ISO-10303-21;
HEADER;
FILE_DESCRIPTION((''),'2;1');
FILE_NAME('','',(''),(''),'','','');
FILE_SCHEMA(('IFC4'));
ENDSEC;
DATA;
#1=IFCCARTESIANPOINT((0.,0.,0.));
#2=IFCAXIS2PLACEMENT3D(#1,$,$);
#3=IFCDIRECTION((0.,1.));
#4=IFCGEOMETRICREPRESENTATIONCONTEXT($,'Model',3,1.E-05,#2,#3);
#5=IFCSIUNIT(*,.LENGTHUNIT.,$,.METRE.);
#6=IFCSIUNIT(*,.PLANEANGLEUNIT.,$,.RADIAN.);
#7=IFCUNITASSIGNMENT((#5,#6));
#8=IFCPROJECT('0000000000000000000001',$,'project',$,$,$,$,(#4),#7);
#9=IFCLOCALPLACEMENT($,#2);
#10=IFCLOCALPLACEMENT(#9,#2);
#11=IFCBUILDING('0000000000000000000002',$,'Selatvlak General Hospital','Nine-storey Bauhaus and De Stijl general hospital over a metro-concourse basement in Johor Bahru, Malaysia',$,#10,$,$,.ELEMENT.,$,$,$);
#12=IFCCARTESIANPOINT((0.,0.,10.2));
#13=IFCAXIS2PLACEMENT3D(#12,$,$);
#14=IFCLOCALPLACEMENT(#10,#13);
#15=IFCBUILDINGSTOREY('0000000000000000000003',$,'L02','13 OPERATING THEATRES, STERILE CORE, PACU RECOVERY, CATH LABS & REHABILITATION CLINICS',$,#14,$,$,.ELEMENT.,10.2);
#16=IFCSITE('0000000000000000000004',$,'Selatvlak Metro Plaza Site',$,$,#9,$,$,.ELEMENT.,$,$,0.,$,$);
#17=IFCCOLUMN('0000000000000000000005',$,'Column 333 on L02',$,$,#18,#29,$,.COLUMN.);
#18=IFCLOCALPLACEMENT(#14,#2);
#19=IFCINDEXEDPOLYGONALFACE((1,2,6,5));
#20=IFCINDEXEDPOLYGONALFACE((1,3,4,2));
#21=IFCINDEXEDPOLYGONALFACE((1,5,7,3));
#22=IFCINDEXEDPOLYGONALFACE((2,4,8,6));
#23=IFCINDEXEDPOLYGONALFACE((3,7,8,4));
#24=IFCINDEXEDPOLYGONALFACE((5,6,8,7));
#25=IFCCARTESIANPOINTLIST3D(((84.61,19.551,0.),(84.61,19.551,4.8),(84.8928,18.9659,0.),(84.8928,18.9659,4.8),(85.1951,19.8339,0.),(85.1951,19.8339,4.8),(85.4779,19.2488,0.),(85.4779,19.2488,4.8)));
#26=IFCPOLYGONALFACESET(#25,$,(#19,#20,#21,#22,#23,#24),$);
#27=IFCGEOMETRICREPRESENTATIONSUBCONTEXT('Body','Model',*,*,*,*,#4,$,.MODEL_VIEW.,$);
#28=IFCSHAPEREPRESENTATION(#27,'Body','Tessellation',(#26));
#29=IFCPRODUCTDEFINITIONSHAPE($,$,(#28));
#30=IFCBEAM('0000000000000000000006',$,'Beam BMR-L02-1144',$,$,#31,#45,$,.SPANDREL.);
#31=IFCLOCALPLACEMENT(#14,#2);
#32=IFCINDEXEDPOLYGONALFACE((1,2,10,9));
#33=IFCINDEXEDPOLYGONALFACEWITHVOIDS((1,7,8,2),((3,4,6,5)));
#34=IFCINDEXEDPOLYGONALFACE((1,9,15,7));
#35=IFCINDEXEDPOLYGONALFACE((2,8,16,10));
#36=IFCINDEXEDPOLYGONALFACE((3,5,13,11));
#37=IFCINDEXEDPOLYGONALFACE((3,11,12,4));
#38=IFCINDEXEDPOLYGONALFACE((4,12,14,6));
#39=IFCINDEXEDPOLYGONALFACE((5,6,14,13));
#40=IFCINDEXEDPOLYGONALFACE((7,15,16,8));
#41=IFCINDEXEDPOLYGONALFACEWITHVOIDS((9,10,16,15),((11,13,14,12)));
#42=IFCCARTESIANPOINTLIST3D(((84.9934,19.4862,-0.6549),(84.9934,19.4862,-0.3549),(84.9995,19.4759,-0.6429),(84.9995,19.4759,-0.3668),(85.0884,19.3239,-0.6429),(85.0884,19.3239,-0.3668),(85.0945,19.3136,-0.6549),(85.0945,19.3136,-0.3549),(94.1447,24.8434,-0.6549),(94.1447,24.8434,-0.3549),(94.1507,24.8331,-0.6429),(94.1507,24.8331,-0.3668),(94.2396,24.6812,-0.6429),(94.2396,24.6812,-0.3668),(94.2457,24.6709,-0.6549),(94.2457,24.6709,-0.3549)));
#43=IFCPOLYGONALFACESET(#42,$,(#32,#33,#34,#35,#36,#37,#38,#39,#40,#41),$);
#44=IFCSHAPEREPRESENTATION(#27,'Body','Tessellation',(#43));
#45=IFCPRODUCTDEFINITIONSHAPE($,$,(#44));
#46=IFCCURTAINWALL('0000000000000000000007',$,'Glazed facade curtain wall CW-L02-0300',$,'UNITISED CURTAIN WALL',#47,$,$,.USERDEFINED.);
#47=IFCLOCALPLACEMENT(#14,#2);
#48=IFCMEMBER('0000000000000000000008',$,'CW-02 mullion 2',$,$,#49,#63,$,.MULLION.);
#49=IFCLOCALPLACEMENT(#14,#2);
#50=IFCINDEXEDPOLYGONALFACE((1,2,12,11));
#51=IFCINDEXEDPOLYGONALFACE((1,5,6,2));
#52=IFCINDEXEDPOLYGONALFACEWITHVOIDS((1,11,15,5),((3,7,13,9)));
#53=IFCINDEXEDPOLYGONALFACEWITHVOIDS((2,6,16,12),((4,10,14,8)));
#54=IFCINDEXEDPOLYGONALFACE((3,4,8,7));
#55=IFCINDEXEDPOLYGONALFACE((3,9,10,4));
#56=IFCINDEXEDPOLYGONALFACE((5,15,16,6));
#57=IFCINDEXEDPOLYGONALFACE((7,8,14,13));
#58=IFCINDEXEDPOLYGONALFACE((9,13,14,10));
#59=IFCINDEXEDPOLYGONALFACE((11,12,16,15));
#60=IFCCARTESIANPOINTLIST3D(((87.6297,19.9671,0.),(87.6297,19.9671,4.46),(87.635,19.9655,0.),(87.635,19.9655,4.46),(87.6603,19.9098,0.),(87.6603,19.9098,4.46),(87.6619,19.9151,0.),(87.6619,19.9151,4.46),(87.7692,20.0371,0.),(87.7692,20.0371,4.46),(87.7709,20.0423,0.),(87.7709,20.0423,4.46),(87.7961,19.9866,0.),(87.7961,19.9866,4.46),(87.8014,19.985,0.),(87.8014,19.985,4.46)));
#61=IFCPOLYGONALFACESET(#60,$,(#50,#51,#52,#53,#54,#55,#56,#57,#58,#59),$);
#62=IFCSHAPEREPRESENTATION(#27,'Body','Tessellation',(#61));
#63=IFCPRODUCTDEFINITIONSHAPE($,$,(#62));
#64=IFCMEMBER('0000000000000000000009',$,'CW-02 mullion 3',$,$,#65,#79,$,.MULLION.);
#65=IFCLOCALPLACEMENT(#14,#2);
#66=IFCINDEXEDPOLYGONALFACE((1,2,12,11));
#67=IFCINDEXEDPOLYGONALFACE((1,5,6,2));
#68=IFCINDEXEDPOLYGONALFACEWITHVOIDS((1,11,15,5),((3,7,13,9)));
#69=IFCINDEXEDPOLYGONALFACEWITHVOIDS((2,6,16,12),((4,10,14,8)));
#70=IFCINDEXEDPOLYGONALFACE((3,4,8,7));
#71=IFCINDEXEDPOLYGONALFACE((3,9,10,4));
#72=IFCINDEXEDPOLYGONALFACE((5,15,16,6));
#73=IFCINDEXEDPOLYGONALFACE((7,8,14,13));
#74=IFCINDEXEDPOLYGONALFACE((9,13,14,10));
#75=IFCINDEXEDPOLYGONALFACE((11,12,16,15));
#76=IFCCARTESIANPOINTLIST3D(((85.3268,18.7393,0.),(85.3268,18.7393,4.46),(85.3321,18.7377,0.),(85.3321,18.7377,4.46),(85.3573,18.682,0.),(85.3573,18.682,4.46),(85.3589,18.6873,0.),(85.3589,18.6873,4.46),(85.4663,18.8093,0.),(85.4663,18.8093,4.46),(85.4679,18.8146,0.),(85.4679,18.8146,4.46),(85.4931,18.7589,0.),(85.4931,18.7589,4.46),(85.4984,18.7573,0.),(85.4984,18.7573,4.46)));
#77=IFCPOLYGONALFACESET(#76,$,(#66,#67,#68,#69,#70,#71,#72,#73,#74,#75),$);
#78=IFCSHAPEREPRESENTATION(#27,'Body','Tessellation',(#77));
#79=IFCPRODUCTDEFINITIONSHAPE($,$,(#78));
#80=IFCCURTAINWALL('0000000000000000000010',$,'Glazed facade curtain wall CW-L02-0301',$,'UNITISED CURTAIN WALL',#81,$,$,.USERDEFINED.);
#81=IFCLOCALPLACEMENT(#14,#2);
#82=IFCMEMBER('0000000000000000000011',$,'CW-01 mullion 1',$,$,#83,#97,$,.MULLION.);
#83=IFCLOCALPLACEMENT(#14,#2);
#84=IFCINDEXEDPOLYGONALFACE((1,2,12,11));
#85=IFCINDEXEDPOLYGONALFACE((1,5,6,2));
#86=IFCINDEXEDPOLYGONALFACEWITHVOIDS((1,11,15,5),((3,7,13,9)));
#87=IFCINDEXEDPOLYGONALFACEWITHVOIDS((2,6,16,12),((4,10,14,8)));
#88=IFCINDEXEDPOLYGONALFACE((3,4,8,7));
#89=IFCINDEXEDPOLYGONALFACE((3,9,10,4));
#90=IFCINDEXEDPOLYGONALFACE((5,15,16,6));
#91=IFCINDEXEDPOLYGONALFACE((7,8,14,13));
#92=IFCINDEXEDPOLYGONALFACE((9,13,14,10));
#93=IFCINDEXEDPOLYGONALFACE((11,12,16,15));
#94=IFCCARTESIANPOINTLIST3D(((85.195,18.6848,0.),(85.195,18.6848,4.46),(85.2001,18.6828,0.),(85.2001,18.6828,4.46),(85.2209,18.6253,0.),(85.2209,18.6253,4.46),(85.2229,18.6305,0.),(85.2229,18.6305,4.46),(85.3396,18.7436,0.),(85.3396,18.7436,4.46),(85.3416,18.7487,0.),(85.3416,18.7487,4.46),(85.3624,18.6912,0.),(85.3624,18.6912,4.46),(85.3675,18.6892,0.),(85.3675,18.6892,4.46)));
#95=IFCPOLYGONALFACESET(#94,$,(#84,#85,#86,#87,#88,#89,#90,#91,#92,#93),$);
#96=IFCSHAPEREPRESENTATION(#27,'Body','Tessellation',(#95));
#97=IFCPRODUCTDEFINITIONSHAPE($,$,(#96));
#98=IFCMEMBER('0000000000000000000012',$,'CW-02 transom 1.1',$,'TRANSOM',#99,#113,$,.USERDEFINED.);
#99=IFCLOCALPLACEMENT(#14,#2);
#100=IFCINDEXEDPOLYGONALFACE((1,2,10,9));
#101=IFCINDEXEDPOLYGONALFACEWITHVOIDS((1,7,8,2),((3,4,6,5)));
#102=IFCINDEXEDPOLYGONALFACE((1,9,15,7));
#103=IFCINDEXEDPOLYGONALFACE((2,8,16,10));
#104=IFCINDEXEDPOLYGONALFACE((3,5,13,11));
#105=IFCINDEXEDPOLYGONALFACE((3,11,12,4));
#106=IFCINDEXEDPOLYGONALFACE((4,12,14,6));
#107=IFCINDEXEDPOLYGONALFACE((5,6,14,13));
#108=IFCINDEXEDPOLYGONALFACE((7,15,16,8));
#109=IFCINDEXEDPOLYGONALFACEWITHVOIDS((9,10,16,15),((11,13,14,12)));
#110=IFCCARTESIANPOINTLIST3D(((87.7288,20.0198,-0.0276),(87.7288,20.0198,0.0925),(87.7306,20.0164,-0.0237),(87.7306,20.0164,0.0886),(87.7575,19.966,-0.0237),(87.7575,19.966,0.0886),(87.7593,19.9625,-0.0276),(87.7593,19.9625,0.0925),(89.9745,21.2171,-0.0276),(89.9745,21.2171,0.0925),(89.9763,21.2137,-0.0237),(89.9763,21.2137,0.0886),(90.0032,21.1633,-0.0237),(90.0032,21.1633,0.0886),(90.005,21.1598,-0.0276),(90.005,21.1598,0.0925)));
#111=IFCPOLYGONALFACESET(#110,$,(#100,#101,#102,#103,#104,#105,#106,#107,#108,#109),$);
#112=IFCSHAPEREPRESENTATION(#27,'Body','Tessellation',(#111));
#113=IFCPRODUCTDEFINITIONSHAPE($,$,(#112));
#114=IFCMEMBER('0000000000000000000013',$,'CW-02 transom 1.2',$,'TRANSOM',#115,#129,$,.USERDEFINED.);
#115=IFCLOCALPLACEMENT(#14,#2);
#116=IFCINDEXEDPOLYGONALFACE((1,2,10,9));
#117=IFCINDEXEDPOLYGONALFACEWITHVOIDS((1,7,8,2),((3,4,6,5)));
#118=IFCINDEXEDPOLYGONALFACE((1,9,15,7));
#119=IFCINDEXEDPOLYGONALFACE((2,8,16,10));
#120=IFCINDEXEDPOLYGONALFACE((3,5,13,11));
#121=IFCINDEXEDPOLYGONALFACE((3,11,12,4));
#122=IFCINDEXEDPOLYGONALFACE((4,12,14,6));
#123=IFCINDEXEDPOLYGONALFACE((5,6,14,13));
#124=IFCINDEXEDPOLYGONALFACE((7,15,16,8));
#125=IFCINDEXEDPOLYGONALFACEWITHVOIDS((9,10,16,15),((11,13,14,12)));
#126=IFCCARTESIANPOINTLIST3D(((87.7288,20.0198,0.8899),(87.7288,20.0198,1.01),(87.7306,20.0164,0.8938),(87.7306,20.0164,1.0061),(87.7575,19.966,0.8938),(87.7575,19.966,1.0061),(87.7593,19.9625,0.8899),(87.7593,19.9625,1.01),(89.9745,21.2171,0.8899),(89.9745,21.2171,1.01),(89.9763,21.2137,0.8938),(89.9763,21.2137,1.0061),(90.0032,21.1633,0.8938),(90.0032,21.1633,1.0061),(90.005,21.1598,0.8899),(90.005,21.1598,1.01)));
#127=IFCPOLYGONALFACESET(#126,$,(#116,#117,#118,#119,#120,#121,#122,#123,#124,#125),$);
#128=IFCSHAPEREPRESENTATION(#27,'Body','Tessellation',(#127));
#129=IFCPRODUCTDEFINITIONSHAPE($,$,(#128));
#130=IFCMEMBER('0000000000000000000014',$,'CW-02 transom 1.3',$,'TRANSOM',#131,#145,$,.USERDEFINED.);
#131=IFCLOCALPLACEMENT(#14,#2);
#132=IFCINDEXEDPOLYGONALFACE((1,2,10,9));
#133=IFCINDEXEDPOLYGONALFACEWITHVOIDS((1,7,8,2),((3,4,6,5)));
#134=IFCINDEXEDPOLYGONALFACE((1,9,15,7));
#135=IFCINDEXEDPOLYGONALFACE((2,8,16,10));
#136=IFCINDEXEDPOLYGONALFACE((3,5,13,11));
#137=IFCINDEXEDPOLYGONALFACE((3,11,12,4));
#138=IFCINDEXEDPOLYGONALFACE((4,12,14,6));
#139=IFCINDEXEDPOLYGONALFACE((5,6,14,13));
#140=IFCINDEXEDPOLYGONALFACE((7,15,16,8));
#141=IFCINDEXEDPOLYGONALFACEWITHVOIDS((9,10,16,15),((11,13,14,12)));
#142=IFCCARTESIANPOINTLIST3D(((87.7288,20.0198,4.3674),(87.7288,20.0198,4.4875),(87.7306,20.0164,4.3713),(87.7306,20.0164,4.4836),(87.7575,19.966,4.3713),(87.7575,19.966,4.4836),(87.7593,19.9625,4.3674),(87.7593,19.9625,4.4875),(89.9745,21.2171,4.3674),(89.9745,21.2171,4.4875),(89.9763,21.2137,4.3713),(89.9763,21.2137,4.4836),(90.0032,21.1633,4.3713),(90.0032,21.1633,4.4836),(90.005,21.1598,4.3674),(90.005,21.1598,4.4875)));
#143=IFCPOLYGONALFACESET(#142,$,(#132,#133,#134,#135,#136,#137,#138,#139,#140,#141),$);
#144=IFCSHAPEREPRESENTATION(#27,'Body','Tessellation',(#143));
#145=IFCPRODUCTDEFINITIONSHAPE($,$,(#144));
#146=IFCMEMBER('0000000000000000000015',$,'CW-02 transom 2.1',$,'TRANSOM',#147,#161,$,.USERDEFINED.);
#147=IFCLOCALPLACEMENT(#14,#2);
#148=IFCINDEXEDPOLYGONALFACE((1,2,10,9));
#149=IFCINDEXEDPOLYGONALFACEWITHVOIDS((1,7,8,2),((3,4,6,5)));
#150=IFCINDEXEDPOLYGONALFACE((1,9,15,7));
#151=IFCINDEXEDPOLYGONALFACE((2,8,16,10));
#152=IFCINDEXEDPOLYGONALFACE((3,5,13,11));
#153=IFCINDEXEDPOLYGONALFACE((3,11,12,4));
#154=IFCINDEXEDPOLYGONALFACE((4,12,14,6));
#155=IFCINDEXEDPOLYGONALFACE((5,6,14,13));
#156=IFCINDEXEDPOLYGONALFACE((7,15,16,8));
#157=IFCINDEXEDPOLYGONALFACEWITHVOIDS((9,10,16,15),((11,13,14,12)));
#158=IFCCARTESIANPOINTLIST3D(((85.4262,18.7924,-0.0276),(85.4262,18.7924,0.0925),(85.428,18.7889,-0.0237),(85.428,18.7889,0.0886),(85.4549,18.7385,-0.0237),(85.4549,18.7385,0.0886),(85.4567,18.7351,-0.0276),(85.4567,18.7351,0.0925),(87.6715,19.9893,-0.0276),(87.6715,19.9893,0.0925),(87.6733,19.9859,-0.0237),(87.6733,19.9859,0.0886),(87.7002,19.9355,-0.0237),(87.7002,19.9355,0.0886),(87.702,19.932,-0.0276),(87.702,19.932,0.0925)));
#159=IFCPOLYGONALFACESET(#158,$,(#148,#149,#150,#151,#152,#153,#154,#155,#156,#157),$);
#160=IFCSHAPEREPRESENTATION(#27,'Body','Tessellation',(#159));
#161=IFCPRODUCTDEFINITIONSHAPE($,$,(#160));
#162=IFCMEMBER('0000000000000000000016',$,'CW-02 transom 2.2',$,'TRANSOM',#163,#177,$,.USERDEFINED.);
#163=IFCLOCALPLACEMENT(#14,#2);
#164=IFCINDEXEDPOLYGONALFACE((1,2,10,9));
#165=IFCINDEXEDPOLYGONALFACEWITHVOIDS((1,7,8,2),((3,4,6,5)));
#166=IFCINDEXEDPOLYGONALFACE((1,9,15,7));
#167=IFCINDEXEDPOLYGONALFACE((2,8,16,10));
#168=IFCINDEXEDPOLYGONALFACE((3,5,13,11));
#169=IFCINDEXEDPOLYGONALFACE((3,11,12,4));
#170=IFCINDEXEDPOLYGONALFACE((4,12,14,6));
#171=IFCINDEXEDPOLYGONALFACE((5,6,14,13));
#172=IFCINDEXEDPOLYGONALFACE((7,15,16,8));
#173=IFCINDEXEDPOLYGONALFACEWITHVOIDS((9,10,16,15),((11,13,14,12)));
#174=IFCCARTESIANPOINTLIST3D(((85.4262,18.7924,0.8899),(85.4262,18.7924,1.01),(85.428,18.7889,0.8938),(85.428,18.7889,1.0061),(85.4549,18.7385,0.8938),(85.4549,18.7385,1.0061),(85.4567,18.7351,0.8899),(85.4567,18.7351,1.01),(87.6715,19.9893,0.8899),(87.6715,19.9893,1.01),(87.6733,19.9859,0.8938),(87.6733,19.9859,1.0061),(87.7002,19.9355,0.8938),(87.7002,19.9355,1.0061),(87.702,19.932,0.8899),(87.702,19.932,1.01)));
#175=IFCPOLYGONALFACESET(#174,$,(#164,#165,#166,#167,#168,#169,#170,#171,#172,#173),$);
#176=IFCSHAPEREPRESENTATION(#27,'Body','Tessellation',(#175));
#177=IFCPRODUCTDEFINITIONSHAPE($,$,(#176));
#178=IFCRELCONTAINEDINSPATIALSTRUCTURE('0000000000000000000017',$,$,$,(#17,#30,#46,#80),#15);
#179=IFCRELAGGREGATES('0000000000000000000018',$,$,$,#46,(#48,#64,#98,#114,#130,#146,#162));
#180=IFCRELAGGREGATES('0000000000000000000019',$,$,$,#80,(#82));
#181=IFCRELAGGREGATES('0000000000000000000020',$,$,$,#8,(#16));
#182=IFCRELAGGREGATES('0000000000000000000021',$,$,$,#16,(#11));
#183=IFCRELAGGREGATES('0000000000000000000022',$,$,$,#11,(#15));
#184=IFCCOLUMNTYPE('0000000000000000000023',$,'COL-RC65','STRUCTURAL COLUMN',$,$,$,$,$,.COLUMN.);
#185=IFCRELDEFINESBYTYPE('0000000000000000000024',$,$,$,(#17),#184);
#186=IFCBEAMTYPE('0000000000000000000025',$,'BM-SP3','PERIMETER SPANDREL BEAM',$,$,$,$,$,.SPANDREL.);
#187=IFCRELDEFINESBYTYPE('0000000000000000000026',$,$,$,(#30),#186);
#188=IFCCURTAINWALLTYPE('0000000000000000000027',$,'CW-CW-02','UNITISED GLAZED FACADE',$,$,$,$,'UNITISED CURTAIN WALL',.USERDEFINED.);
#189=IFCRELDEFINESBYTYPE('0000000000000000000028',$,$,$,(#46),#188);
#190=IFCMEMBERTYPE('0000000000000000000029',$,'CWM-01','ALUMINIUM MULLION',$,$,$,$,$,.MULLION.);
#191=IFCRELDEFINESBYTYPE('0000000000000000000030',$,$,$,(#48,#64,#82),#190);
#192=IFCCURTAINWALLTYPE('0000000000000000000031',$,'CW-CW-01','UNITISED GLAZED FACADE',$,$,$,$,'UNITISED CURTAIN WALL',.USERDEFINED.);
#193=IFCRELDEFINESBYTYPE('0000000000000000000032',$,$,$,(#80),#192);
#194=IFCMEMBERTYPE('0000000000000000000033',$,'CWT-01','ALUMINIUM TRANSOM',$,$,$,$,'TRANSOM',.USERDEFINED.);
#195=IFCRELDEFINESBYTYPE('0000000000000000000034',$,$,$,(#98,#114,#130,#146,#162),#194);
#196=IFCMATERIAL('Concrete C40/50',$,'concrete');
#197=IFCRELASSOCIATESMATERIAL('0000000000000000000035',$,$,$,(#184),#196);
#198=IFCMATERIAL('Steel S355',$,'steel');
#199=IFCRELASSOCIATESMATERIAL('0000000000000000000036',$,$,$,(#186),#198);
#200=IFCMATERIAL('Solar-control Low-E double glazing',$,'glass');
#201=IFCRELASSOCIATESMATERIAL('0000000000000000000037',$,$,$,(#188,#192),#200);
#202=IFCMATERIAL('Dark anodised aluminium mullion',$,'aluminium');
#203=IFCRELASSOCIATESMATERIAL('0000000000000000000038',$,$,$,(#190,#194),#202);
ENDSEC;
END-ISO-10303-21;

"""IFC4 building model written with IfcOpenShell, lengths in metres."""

from ifc_helpers import new_model, si_unit, direction, frame, origin, origin_2d, place, context, subcontext, project, spatial, rectangle, hollow_rectangle, extrude, material, material_profile, profile_set, type_object, element, aggregate, save


model = new_model("IFC4")

# Units and contexts
model_context = context("Model", 3, precision=1e-05, world=origin(), true_north=direction((0.0, 1.0)))
body_context = subcontext(model_context, "Body", "Model", "MODEL_VIEW")
ifc_project = project(units=[si_unit("LENGTHUNIT", "METRE"), si_unit("PLANEANGLEUNIT", "RADIAN")], contexts=[model_context])

# Site, building, storey
site_placement = place(None, origin())
site = spatial("IfcSite", under=ifc_project, at=site_placement, Name="Selatvlak Metro Plaza Site", CompositionType="ELEMENT", RefElevation=0.0)
building_placement = place(site_placement, origin())
building = spatial("IfcBuilding", under=site, at=building_placement, Name="Selatvlak General Hospital", Description="Nine-storey Bauhaus and De Stijl general hospital over a metro-concourse basement in Johor Bahru, Malaysia", CompositionType="ELEMENT")
storey_placement = place(building_placement, frame((0.0, 0.0, 10.2)))
storey = spatial("IfcBuildingStorey", under=building, at=storey_placement, Name="L02", Description="13 OPERATING THEATRES, STERILE CORE, PACU RECOVERY, CATH LABS & REHABILITATION CLINICS", CompositionType="ELEMENT", Elevation=10.2)

# Column
ifc_material_1 = material(Name="Concrete C40/50", Category="concrete")
ifc_material_profile_1 = material_profile(ifc_material_1, rectangle(XDim=0.6499, YDim=0.6499, at=origin_2d()), Name="RC-COL 650x650")
ifc_profile_set_1 = profile_set([ifc_material_profile_1], Name="Concrete C40/50")
column_type = type_object("IfcColumnType", Name="COL-RC65", Description="STRUCTURAL COLUMN", PredefinedType="COLUMN", material=ifc_profile_set_1)
column_placement = place(storey_placement, frame((85.0439, 19.3999, 0.0), z_axis=(0.0, 0.0, 1.0), x_axis=(-0.4352, 0.900334, 0.0)))
element("IfcColumn", 1, at=column_placement, inside=storey, type_object=column_type, Name="Column 333 on L02", PredefinedType="COLUMN", context=body_context, shape_type="SweptSolid", body=[
    extrude(rectangle(XDim=0.6499, YDim=0.6499, at=origin_2d()), origin(), (0.0, 0.0, 1.0), 4.8),
])

# Beam
ifc_material_2 = material(Name="Steel S355", Category="steel")
ifc_material_profile_2 = material_profile(ifc_material_2, hollow_rectangle(XDim=0.2, YDim=0.3, WallThickness=0.012, at=origin_2d()), Name="RHS 300x200x12")
ifc_profile_set_2 = profile_set([ifc_material_profile_2], Name="Steel S355")
beam_type = type_object("IfcBeamType", Name="BM-SP3", Description="PERIMETER SPANDREL BEAM", PredefinedType="SPANDREL", material=ifc_profile_set_2)
beam_placement = place(storey_placement, frame((85.0439, 19.3999, -0.5049), z_axis=(0.862997, 0.505209, 0.0), x_axis=(-0.505209, 0.862997, 0.0)))
element("IfcBeam", 2, at=beam_placement, inside=storey, type_object=beam_type, Name="Beam BMR-L02-1144", PredefinedType="SPANDREL", context=body_context, shape_type="SweptSolid", body=[
    extrude(hollow_rectangle(XDim=0.2, YDim=0.3, WallThickness=0.012, at=origin_2d()), origin(), (0.0, 0.0, 1.0), 10.604),
])

# Curtain wall, members
ifc_material_3 = material(Name="Solar-control Low-E double glazing", Category="glass")
curtain_wall_type_1 = type_object("IfcCurtainWallType", Name="CW-CW-02", Description="UNITISED GLAZED FACADE", ElementType="UNITISED CURTAIN WALL", PredefinedType="USERDEFINED", material=ifc_material_3)
curtain_wall_1_placement = place(storey_placement, origin())
curtain_wall_1 = element("IfcCurtainWall", 3, at=curtain_wall_1_placement, inside=storey, type_object=curtain_wall_type_1, Name="Glazed facade curtain wall CW-L02-0300", ObjectType="UNITISED CURTAIN WALL", PredefinedType="USERDEFINED")
ifc_material_4 = material(Name="Dark anodised aluminium mullion", Category="aluminium")
ifc_material_profile_3 = material_profile(ifc_material_4, hollow_rectangle(XDim=0.0649, YDim=0.1599, WallThickness=0.0039, at=origin_2d()), Name="AL-MUL 65x160x4")
ifc_profile_set_3 = profile_set([ifc_material_profile_3], Name="Dark anodised aluminium mullion")
member_type_1 = type_object("IfcMemberType", Name="CWM-01", Description="ALUMINIUM MULLION", PredefinedType="MULLION", material=ifc_profile_set_3)
member_1_placement = place(storey_placement, frame((87.7156, 19.9761, 0.0), z_axis=(0.0, 0.0, 1.0), x_axis=(0.470451, -0.882426, 0.0)))
member_1 = element("IfcMember", 4, at=member_1_placement, type_object=member_type_1, Name="CW-02 mullion 2", PredefinedType="MULLION", context=body_context, shape_type="SweptSolid", body=[
    extrude(hollow_rectangle(XDim=0.0649, YDim=0.1599, WallThickness=0.0039, at=origin_2d()), origin(), (0.0, 0.0, 1.0), 4.46),
])
member_2_placement = place(storey_placement, frame((85.4126, 18.7483, 0.0), z_axis=(0.0, 0.0, 1.0), x_axis=(0.470451, -0.882426, 0.0)))
member_2 = element("IfcMember", 5, at=member_2_placement, type_object=member_type_1, Name="CW-02 mullion 3", PredefinedType="MULLION", context=body_context, shape_type="SweptSolid", body=[
    extrude(hollow_rectangle(XDim=0.0649, YDim=0.1599, WallThickness=0.0039, at=origin_2d()), origin(), (0.0, 0.0, 1.0), 4.46),
])

# Curtain wall, member
curtain_wall_type_2 = type_object("IfcCurtainWallType", Name="CW-CW-01", Description="UNITISED GLAZED FACADE", ElementType="UNITISED CURTAIN WALL", PredefinedType="USERDEFINED", material=ifc_material_3)
curtain_wall_2_placement = place(storey_placement, origin())
curtain_wall_2 = element("IfcCurtainWall", 6, at=curtain_wall_2_placement, inside=storey, type_object=curtain_wall_type_2, Name="Glazed facade curtain wall CW-L02-0301", ObjectType="UNITISED CURTAIN WALL", PredefinedType="USERDEFINED")
member_3_placement = place(storey_placement, frame((85.2812, 18.687, 0.0), z_axis=(0.0, 0.0, 1.0), x_axis=(0.39939, -0.916781, 0.0)))
member_3 = element("IfcMember", 7, at=member_3_placement, type_object=member_type_1, Name="CW-01 mullion 1", PredefinedType="MULLION", context=body_context, shape_type="SweptSolid", body=[
    extrude(hollow_rectangle(XDim=0.0649, YDim=0.1599, WallThickness=0.0039, at=origin_2d()), origin(), (0.0, 0.0, 1.0), 4.46),
])

# Members
ifc_material_profile_4 = material_profile(ifc_material_4, hollow_rectangle(XDim=0.0649, YDim=0.1201, WallThickness=0.0039, at=origin_2d()), Name="AL-TRN 65x120x4")
ifc_profile_set_4 = profile_set([ifc_material_profile_4], Name="Dark anodised aluminium mullion")
member_type_2 = type_object("IfcMemberType", Name="CWT-01", Description="ALUMINIUM TRANSOM", ElementType="TRANSOM", PredefinedType="USERDEFINED", material=ifc_profile_set_4)
member_4_placement = place(storey_placement, frame((89.9897, 21.1885, 0.0325), z_axis=(-0.882417, -0.470469, 0.0), x_axis=(0.470469, -0.882417, 0.0)))
member_4 = element("IfcMember", 8, at=member_4_placement, type_object=member_type_2, Name="CW-02 transom 1.1", ObjectType="TRANSOM", PredefinedType="USERDEFINED", context=body_context, shape_type="SweptSolid", body=[
    extrude(hollow_rectangle(XDim=0.0649, YDim=0.1201, WallThickness=0.0039, at=origin_2d()), origin(), (0.0, 0.0, 1.0), 2.5449),
])
member_5_placement = place(storey_placement, frame((89.9897, 21.1885, 0.95), z_axis=(-0.882417, -0.470469, 0.0), x_axis=(0.470469, -0.882417, 0.0)))
member_5 = element("IfcMember", 9, at=member_5_placement, type_object=member_type_2, Name="CW-02 transom 1.2", ObjectType="TRANSOM", PredefinedType="USERDEFINED", context=body_context, shape_type="SweptSolid", body=[
    extrude(hollow_rectangle(XDim=0.0649, YDim=0.1201, WallThickness=0.0039, at=origin_2d()), origin(), (0.0, 0.0, 1.0), 2.5449),
])
member_6_placement = place(storey_placement, frame((89.9897, 21.1885, 4.4275), z_axis=(-0.882417, -0.470469, 0.0), x_axis=(0.470469, -0.882417, 0.0)))
member_6 = element("IfcMember", 10, at=member_6_placement, type_object=member_type_2, Name="CW-02 transom 1.3", ObjectType="TRANSOM", PredefinedType="USERDEFINED", context=body_context, shape_type="SweptSolid", body=[
    extrude(hollow_rectangle(XDim=0.0649, YDim=0.1201, WallThickness=0.0039, at=origin_2d()), origin(), (0.0, 0.0, 1.0), 2.5449),
])
member_7_placement = place(storey_placement, frame((87.6868, 19.9607, 0.0325), z_axis=(-0.882435, -0.470434, 0.0), x_axis=(0.470434, -0.882435, 0.0)))
member_7 = element("IfcMember", 11, at=member_7_placement, type_object=member_type_2, Name="CW-02 transom 2.1", ObjectType="TRANSOM", PredefinedType="USERDEFINED", context=body_context, shape_type="SweptSolid", body=[
    extrude(hollow_rectangle(XDim=0.0649, YDim=0.1201, WallThickness=0.0039, at=origin_2d()), origin(), (0.0, 0.0, 1.0), 2.5444),
])
member_8_placement = place(storey_placement, frame((87.6868, 19.9607, 0.95), z_axis=(-0.882435, -0.470434, 0.0), x_axis=(0.470434, -0.882435, 0.0)))
member_8 = element("IfcMember", 12, at=member_8_placement, type_object=member_type_2, Name="CW-02 transom 2.2", ObjectType="TRANSOM", PredefinedType="USERDEFINED", context=body_context, shape_type="SweptSolid", body=[
    extrude(hollow_rectangle(XDim=0.0649, YDim=0.1201, WallThickness=0.0039, at=origin_2d()), origin(), (0.0, 0.0, 1.0), 2.5444),
])

aggregate(curtain_wall_1, [member_1, member_2, member_4, member_5, member_6, member_7, member_8])
aggregate(curtain_wall_2, [member_3])

save(model, "model.ifc")
